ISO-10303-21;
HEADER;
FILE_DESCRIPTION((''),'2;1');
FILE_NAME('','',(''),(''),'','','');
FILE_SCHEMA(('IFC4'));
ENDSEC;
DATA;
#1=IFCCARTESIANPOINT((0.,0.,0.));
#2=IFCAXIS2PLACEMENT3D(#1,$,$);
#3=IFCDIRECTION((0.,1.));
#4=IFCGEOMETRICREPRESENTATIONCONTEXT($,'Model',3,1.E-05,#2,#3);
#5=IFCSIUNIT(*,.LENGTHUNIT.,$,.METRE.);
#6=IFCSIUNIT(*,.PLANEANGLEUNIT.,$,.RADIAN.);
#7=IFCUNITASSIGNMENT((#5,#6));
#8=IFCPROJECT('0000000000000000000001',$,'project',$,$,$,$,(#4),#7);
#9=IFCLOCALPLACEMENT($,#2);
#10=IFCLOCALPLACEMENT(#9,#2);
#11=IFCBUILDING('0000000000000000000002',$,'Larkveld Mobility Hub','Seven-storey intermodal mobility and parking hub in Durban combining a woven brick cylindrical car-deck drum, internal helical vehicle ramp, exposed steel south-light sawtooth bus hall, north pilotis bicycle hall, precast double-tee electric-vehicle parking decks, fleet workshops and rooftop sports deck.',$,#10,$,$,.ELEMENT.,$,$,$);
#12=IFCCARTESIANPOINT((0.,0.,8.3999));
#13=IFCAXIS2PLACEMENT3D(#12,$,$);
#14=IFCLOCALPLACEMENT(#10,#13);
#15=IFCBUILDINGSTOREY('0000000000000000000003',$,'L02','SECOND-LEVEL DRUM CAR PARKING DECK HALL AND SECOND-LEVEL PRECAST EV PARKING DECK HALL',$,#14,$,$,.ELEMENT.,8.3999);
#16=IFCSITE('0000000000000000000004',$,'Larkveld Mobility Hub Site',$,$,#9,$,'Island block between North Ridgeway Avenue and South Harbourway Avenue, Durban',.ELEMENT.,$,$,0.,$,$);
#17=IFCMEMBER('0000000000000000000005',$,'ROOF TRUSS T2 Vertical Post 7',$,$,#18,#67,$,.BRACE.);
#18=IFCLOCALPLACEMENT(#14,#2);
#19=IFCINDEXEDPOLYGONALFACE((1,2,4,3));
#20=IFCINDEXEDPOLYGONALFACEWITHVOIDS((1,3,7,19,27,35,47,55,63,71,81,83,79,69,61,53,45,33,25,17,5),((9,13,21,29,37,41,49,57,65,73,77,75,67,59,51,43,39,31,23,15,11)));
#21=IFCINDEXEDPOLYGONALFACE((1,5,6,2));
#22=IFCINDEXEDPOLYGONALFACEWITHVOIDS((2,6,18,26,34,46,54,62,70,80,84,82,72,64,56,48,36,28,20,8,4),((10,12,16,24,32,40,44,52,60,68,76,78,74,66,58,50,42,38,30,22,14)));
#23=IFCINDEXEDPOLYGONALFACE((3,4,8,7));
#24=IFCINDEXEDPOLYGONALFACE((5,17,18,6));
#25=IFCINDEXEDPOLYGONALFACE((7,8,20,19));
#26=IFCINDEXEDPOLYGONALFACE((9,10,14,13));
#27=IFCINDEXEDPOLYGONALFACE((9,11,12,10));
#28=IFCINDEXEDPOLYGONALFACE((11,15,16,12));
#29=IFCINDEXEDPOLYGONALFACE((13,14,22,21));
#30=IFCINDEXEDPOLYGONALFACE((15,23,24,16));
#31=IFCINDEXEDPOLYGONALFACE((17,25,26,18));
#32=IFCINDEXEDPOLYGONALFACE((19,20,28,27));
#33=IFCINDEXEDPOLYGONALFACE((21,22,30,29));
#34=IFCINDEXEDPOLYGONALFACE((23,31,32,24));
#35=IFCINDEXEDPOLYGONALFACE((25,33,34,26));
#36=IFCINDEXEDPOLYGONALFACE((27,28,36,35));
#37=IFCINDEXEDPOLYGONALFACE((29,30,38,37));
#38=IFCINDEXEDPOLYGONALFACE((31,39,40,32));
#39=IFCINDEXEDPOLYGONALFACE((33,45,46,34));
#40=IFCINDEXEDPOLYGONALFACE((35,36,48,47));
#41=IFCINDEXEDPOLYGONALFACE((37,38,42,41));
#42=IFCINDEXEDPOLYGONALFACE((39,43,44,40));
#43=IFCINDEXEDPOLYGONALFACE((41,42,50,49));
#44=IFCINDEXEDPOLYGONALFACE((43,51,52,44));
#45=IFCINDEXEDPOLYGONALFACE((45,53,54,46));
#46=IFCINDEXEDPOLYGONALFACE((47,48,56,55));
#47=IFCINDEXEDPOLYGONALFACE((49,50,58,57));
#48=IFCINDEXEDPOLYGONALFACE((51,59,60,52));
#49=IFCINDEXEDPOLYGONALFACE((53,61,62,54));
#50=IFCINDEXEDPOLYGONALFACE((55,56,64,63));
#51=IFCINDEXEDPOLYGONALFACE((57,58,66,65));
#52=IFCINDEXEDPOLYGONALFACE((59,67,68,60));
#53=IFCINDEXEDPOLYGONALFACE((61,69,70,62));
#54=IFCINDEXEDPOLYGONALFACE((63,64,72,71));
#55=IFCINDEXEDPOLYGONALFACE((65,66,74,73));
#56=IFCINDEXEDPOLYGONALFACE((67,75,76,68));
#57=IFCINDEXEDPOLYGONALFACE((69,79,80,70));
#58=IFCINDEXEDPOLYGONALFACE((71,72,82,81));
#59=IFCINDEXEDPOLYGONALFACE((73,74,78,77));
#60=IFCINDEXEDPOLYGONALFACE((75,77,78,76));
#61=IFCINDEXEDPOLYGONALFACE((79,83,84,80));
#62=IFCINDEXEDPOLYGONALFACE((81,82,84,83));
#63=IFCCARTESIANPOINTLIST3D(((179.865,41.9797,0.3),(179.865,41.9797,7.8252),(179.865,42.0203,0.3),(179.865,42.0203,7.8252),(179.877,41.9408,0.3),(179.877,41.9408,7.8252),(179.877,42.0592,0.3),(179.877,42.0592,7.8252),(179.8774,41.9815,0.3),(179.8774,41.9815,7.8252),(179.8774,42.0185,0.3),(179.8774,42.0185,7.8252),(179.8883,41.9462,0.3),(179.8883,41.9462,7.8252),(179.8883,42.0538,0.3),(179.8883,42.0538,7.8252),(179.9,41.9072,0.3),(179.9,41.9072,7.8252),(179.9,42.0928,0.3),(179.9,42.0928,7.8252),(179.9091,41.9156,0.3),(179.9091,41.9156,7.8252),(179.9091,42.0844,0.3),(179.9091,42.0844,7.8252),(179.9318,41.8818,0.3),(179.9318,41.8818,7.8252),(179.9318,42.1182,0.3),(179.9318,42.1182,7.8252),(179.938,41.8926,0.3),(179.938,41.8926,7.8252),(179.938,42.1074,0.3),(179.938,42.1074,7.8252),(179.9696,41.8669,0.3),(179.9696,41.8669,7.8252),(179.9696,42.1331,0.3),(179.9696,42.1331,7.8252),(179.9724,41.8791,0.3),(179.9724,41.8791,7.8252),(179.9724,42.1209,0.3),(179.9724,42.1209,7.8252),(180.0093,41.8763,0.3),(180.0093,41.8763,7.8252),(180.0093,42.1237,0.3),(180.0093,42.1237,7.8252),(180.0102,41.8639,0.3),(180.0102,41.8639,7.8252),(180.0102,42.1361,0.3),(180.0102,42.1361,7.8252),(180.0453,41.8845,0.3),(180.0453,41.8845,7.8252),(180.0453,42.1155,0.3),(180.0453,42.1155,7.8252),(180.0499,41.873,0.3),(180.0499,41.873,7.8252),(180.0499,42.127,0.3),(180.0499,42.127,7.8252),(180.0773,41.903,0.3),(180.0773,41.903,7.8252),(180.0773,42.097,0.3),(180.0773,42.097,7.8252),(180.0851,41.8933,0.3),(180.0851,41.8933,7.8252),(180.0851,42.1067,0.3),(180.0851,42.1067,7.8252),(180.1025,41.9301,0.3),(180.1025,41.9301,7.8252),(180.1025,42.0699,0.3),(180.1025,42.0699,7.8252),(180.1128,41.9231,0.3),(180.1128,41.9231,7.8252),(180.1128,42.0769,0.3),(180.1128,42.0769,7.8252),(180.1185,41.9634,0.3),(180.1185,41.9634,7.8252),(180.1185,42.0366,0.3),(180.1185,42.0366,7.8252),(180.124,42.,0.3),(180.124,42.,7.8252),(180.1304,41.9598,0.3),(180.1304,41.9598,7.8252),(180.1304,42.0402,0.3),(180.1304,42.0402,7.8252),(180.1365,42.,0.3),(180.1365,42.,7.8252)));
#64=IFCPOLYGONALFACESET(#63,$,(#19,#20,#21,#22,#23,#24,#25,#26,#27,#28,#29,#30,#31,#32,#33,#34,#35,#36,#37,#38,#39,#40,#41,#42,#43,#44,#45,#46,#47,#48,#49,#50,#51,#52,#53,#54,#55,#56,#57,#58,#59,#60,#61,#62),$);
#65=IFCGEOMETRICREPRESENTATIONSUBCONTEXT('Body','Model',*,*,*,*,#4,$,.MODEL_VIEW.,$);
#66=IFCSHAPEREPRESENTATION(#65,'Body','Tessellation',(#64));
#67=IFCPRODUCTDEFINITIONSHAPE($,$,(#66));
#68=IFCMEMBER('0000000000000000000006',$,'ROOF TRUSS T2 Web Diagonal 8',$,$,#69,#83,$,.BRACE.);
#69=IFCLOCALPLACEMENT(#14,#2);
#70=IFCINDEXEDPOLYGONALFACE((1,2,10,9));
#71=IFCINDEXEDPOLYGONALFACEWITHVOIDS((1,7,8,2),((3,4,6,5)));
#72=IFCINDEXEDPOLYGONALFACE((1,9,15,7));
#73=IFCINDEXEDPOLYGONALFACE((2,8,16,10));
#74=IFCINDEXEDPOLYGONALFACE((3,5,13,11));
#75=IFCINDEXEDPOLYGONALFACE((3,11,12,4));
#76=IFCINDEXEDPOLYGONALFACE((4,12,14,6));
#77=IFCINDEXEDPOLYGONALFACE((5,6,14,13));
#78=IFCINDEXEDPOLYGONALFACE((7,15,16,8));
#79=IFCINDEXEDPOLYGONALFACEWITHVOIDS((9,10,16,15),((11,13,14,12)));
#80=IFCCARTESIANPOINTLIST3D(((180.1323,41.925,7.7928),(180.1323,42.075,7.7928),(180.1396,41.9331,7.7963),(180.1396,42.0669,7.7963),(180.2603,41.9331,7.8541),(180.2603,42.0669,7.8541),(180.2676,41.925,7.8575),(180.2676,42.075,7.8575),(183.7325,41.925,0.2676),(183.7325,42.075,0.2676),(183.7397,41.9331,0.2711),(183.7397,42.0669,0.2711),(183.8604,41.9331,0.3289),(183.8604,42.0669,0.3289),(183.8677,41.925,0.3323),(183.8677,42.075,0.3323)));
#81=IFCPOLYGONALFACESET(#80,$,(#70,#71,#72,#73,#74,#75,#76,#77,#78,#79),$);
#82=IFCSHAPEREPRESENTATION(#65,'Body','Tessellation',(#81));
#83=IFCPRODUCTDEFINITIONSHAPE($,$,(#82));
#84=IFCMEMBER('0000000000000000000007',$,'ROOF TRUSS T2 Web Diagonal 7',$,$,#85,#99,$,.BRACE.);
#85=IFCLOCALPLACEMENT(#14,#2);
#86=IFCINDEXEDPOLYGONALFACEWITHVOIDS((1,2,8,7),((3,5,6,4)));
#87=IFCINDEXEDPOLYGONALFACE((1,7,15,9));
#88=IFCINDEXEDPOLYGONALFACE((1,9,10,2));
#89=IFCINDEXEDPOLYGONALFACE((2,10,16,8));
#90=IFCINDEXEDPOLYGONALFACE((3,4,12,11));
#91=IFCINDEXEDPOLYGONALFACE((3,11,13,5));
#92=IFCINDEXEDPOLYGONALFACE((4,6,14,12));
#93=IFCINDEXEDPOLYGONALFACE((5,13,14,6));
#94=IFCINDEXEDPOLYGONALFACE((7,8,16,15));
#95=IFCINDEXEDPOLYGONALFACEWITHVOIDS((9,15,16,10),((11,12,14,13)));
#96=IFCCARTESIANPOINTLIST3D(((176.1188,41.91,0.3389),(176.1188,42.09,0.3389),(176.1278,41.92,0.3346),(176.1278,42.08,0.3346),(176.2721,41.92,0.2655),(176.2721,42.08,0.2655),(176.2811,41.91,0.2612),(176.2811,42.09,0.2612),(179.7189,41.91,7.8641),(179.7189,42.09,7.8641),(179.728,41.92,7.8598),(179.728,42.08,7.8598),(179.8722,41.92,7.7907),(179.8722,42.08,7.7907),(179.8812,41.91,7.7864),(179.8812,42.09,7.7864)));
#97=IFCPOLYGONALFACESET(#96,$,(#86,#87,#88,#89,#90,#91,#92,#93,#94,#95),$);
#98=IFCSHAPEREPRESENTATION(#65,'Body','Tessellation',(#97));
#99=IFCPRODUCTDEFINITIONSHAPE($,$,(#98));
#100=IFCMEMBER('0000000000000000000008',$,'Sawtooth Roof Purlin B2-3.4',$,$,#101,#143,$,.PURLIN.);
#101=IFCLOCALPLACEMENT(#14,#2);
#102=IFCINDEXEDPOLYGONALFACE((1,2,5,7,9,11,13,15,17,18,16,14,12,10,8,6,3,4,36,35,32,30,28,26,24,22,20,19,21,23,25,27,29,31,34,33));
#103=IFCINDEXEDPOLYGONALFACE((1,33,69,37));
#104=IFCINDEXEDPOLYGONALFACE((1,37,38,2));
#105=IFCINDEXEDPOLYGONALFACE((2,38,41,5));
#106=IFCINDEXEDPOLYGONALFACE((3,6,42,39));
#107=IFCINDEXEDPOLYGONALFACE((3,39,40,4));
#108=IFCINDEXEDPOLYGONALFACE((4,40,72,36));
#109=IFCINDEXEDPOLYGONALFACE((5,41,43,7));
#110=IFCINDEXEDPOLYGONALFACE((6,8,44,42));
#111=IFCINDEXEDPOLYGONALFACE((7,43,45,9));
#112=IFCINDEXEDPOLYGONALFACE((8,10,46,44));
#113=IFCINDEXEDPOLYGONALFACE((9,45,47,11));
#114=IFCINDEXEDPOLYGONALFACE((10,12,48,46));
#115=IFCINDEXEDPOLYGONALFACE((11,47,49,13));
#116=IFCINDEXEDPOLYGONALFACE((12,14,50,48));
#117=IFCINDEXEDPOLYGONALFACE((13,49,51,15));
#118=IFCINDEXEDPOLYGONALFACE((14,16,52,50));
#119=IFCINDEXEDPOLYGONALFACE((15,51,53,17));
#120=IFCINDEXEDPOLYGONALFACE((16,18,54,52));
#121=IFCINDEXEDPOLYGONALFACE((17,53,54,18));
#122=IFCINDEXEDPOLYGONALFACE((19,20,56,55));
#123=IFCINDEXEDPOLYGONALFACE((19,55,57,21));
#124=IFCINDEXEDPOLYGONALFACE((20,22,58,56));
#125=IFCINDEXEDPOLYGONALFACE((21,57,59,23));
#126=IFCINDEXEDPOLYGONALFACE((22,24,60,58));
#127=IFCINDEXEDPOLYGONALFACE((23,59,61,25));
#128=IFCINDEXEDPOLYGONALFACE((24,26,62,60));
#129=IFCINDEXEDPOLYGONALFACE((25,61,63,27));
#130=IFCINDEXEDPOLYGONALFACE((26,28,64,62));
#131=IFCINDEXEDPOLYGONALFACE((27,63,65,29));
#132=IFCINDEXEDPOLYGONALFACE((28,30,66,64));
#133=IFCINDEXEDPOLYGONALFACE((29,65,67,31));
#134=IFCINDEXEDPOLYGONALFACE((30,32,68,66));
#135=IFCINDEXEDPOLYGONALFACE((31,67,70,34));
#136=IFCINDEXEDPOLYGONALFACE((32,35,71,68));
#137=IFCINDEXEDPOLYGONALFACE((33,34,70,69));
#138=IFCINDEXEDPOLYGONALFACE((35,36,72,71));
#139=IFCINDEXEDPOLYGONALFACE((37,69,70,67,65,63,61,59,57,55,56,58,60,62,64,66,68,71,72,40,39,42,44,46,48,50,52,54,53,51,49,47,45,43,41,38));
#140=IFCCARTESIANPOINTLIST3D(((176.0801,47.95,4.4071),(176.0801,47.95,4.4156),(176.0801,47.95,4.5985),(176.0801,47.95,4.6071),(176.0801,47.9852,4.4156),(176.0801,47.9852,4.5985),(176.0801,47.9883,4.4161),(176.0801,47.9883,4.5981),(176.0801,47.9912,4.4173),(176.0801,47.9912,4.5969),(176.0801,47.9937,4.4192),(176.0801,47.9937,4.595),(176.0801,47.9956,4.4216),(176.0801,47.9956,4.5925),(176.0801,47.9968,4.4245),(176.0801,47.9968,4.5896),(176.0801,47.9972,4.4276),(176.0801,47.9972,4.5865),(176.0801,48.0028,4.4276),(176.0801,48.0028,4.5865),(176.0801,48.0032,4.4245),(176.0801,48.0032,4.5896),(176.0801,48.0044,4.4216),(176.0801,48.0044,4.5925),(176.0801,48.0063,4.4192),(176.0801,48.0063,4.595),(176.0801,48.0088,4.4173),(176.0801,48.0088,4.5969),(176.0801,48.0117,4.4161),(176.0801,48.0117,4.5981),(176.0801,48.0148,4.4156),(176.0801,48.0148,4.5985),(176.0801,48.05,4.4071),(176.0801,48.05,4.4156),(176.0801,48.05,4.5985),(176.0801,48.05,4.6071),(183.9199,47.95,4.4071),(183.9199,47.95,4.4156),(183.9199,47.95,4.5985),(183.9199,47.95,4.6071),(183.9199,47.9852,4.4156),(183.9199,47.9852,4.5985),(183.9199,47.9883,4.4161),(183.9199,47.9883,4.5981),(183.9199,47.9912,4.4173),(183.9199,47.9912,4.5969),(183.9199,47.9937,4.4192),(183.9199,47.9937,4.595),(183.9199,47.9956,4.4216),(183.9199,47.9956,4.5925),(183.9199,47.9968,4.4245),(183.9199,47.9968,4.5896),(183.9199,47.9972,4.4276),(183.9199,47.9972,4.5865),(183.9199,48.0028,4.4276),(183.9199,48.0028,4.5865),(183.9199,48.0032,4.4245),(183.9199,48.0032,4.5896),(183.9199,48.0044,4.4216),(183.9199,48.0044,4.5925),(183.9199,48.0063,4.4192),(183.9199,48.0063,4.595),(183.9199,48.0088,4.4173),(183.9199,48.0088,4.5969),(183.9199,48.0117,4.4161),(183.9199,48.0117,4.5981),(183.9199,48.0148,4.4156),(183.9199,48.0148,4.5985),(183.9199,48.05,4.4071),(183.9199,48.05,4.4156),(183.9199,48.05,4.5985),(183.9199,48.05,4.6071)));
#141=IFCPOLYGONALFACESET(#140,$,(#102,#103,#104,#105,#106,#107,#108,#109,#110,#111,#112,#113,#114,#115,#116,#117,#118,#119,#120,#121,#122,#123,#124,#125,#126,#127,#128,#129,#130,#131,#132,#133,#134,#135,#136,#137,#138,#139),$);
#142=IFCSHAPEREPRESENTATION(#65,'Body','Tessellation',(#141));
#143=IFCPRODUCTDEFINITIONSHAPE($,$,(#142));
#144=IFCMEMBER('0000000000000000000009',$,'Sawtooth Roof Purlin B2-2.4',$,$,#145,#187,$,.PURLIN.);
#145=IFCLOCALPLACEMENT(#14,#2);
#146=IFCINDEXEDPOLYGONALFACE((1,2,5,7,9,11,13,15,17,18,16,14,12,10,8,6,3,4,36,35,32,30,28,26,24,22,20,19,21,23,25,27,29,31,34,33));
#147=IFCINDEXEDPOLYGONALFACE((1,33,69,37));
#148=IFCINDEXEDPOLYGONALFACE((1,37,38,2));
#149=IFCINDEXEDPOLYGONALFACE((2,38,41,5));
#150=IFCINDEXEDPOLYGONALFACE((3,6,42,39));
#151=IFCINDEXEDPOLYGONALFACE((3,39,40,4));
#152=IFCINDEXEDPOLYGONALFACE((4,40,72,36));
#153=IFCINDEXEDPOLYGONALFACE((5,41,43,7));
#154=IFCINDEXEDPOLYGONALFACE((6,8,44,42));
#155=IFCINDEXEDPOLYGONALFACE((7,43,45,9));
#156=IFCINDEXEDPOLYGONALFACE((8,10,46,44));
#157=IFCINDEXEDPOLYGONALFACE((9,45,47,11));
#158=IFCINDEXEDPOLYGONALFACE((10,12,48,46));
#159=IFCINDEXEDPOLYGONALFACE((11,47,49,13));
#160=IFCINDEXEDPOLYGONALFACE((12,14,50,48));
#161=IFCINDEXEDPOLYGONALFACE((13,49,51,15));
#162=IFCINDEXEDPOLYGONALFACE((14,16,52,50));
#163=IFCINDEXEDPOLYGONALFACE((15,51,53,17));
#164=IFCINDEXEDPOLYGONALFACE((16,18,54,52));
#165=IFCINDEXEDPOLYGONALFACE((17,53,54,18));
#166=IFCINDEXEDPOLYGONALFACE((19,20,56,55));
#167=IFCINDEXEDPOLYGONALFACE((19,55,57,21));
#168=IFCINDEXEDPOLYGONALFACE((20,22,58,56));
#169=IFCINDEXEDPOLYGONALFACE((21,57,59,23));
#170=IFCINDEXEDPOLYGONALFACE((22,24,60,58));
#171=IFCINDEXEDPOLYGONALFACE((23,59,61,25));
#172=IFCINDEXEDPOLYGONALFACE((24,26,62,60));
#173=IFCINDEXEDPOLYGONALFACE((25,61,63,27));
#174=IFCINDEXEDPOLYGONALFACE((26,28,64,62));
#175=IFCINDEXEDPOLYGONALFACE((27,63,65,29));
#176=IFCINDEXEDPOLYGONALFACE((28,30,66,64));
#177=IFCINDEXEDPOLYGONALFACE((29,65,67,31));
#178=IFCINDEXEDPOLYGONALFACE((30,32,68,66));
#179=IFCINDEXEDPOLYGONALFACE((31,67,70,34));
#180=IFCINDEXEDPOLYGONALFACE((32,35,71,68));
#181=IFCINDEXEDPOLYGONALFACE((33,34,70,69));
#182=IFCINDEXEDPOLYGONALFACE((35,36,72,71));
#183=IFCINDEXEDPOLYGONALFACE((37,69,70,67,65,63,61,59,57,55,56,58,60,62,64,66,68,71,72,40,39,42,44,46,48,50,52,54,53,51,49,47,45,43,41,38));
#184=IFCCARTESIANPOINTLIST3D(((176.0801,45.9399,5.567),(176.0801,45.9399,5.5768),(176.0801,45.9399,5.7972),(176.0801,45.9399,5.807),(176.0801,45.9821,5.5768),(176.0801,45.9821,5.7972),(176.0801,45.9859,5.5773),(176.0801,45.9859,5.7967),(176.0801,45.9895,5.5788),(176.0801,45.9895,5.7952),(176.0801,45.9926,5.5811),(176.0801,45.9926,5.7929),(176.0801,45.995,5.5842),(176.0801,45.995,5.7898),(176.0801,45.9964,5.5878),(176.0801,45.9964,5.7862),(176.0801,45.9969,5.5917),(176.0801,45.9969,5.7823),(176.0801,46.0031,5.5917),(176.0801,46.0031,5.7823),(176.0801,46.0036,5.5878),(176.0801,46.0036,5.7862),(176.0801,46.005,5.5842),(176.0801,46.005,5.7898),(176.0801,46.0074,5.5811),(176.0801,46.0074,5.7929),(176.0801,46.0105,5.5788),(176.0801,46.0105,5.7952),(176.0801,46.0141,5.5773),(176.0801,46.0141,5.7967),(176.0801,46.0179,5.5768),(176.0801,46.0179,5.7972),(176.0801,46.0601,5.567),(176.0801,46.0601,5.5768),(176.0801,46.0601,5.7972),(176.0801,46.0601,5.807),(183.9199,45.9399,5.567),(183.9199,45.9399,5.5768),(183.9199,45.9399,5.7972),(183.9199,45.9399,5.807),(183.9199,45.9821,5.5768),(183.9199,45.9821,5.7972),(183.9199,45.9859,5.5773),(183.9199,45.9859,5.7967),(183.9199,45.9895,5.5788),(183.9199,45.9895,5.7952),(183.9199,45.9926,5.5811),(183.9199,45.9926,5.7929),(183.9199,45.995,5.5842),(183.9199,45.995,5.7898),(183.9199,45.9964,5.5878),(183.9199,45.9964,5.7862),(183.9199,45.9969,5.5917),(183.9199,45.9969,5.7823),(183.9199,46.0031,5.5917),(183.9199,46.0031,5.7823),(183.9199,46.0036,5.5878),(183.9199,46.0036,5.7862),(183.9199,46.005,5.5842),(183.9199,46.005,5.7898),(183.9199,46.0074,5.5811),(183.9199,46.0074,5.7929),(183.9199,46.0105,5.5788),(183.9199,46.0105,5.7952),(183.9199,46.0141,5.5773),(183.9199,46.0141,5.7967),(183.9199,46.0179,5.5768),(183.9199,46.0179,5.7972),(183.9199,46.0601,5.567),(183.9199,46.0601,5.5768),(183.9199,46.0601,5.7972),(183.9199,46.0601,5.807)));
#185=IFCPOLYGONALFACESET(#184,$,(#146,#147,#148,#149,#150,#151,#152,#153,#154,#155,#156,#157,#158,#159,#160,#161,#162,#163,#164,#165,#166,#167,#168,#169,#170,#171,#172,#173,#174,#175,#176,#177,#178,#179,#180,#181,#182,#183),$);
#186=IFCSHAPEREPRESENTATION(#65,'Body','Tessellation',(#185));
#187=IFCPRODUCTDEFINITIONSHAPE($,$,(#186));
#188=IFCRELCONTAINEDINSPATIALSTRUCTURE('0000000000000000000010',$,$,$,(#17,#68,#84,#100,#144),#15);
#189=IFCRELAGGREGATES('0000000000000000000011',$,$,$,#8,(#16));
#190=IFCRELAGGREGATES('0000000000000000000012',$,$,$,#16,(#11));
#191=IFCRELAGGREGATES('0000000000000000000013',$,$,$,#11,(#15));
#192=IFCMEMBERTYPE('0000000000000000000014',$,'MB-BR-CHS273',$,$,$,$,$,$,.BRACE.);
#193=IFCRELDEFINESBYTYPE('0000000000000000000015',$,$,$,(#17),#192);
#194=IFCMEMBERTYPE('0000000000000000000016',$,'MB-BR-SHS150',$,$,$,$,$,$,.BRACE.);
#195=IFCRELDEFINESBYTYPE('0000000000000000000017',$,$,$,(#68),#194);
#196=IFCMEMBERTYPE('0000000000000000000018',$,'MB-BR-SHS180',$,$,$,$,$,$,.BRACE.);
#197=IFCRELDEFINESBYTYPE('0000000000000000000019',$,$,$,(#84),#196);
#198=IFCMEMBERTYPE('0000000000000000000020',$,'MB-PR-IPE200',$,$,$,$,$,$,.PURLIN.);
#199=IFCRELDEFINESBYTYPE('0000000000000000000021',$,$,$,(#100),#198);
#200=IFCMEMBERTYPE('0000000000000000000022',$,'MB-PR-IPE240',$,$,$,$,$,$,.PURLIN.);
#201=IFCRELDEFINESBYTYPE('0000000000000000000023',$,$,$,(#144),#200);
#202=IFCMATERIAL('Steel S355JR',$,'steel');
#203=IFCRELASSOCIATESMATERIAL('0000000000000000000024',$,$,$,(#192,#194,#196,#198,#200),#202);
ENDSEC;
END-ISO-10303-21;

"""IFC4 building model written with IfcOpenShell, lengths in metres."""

from ifc_helpers import new_model, si_unit, direction, frame, origin, origin_2d, place, context, subcontext, project, spatial, hollow_rectangle, hollow_circle, i_section, extrude, material, material_profile, profile_set, type_object, element, save


model = new_model("IFC4")

# Units and contexts
model_context = context("Model", 3, precision=1e-05, world=origin(), true_north=direction((0.0, 1.0)))
body_context = subcontext(model_context, "Body", "Model", "MODEL_VIEW")
ifc_project = project(units=[si_unit("LENGTHUNIT", "METRE"), si_unit("PLANEANGLEUNIT", "RADIAN")], contexts=[model_context])

# Site, building, storey
site_placement = place(None, origin())
site = spatial("IfcSite", under=ifc_project, at=site_placement, Name="Larkveld Mobility Hub Site", LongName="Island block between North Ridgeway Avenue and South Harbourway Avenue, Durban", CompositionType="ELEMENT", RefElevation=0.0)
building_placement = place(site_placement, origin())
building = spatial("IfcBuilding", under=site, at=building_placement, Name="Larkveld Mobility Hub", Description="Seven-storey intermodal mobility and parking hub in Durban combining a woven brick cylindrical car-deck drum, internal helical vehicle ramp, exposed steel south-light sawtooth bus hall, north pilotis bicycle hall, precast double-tee electric-vehicle parking decks, fleet workshops and rooftop sports deck.", CompositionType="ELEMENT")
storey_placement = place(building_placement, frame((0.0, 0.0, 8.3999)))
storey = spatial("IfcBuildingStorey", under=building, at=storey_placement, Name="L02", Description="SECOND-LEVEL DRUM CAR PARKING DECK HALL AND SECOND-LEVEL PRECAST EV PARKING DECK HALL", CompositionType="ELEMENT", Elevation=8.3999)

# Shared definitions
ifc_material_1 = material(Name="Steel S355JR", Category="steel")

# Members
ifc_material_profile_1 = material_profile(ifc_material_1, hollow_circle(Radius=0.1365, WallThickness=0.0125, at=origin_2d()), Name="CHS 273x12.5")
ifc_profile_set_1 = profile_set([ifc_material_profile_1], Name="Steel S355JR")
member_type_1 = type_object("IfcMemberType", Name="MB-BR-CHS273", PredefinedType="BRACE", material=ifc_profile_set_1)
member_1_placement = place(storey_placement, frame((180.0, 42.0, 0.3), z_axis=(0.0, 0.0, 1.0), x_axis=(1.0, 0.0, 0.0)))
element("IfcMember", 1, at=member_1_placement, inside=storey, type_object=member_type_1, Name="ROOF TRUSS T2 Vertical Post 7", PredefinedType="BRACE", context=body_context, shape_type="SweptSolid", body=[
    extrude(hollow_circle(Radius=0.1365, WallThickness=0.0125, at=origin_2d()), origin(), (0.0, 0.0, 1.0), 7.5251),
])
ifc_material_profile_2 = material_profile(ifc_material_1, hollow_rectangle(XDim=0.1499, YDim=0.1499, WallThickness=0.0081, at=origin_2d()), Name="SHS 150x150x8")
ifc_profile_set_2 = profile_set([ifc_material_profile_2], Name="Steel S355JR")
member_type_2 = type_object("IfcMemberType", Name="MB-BR-SHS150", PredefinedType="BRACE", material=ifc_profile_set_2)
member_2_placement = place(storey_placement, frame((180.2, 42.0, 7.8252), z_axis=(0.431564, 0.0, -0.902082), x_axis=(0.0, 1.0, 0.0)))
element("IfcMember", 2, at=member_2_placement, inside=storey, type_object=member_type_2, Name="ROOF TRUSS T2 Web Diagonal 8", PredefinedType="BRACE", context=body_context, shape_type="SweptSolid", body=[
    extrude(hollow_rectangle(XDim=0.1499, YDim=0.1499, WallThickness=0.0081, at=origin_2d()), origin(), (0.0, 0.0, 1.0), 8.342),
])
ifc_material_profile_3 = material_profile(ifc_material_1, hollow_rectangle(XDim=0.1799, YDim=0.1799, WallThickness=0.01, at=origin_2d()), Name="SHS 180x180x10")
ifc_profile_set_3 = profile_set([ifc_material_profile_3], Name="Steel S355JR")
member_type_3 = type_object("IfcMemberType", Name="MB-BR-SHS180", PredefinedType="BRACE", material=ifc_profile_set_3)
member_3_placement = place(storey_placement, frame((176.2, 42.0, 0.3), z_axis=(0.431564, 0.0, 0.902082), x_axis=(0.0, 1.0, 0.0)))
element("IfcMember", 3, at=member_3_placement, inside=storey, type_object=member_type_3, Name="ROOF TRUSS T2 Web Diagonal 7", PredefinedType="BRACE", context=body_context, shape_type="SweptSolid", body=[
    extrude(hollow_rectangle(XDim=0.1799, YDim=0.1799, WallThickness=0.01, at=origin_2d()), origin(), (0.0, 0.0, 1.0), 8.342),
])
ifc_material_profile_4 = material_profile(ifc_material_1, i_section(OverallWidth=0.1001, OverallDepth=0.2, WebThickness=0.0056, FlangeThickness=0.0085, FilletRadius=0.012, at=origin_2d()), Name="IPE 200")
ifc_profile_set_4 = profile_set([ifc_material_profile_4], Name="Steel S355JR")
member_type_4 = type_object("IfcMemberType", Name="MB-PR-IPE200", PredefinedType="PURLIN", material=ifc_profile_set_4)
member_4_placement = place(storey_placement, frame((176.0801, 48.0, 4.5071), z_axis=(1.0, 0.0, 0.0), x_axis=(0.0, 1.0, 0.0)))
element("IfcMember", 4, at=member_4_placement, inside=storey, type_object=member_type_4, Name="Sawtooth Roof Purlin B2-3.4", PredefinedType="PURLIN", context=body_context, shape_type="SweptSolid", body=[
    extrude(i_section(OverallWidth=0.1001, OverallDepth=0.2, WebThickness=0.0056, FlangeThickness=0.0085, FilletRadius=0.012, at=origin_2d()), origin(), (0.0, 0.0, 1.0), 7.8398),
])
ifc_material_profile_5 = material_profile(ifc_material_1, i_section(OverallWidth=0.1201, OverallDepth=0.24, WebThickness=0.0061, FlangeThickness=0.0098, FilletRadius=0.0149, at=origin_2d()), Name="IPE 240")
ifc_profile_set_5 = profile_set([ifc_material_profile_5], Name="Steel S355JR")
member_type_5 = type_object("IfcMemberType", Name="MB-PR-IPE240", PredefinedType="PURLIN", material=ifc_profile_set_5)
member_5_placement = place(storey_placement, frame((176.0801, 46.0, 5.687), z_axis=(1.0, 0.0, 0.0), x_axis=(0.0, 1.0, 0.0)))
element("IfcMember", 5, at=member_5_placement, inside=storey, type_object=member_type_5, Name="Sawtooth Roof Purlin B2-2.4", PredefinedType="PURLIN", context=body_context, shape_type="SweptSolid", body=[
    extrude(i_section(OverallWidth=0.1201, OverallDepth=0.24, WebThickness=0.0061, FlangeThickness=0.0098, FilletRadius=0.0149, at=origin_2d()), origin(), (0.0, 0.0, 1.0), 7.8398),
])

save(model, "model.ifc")
